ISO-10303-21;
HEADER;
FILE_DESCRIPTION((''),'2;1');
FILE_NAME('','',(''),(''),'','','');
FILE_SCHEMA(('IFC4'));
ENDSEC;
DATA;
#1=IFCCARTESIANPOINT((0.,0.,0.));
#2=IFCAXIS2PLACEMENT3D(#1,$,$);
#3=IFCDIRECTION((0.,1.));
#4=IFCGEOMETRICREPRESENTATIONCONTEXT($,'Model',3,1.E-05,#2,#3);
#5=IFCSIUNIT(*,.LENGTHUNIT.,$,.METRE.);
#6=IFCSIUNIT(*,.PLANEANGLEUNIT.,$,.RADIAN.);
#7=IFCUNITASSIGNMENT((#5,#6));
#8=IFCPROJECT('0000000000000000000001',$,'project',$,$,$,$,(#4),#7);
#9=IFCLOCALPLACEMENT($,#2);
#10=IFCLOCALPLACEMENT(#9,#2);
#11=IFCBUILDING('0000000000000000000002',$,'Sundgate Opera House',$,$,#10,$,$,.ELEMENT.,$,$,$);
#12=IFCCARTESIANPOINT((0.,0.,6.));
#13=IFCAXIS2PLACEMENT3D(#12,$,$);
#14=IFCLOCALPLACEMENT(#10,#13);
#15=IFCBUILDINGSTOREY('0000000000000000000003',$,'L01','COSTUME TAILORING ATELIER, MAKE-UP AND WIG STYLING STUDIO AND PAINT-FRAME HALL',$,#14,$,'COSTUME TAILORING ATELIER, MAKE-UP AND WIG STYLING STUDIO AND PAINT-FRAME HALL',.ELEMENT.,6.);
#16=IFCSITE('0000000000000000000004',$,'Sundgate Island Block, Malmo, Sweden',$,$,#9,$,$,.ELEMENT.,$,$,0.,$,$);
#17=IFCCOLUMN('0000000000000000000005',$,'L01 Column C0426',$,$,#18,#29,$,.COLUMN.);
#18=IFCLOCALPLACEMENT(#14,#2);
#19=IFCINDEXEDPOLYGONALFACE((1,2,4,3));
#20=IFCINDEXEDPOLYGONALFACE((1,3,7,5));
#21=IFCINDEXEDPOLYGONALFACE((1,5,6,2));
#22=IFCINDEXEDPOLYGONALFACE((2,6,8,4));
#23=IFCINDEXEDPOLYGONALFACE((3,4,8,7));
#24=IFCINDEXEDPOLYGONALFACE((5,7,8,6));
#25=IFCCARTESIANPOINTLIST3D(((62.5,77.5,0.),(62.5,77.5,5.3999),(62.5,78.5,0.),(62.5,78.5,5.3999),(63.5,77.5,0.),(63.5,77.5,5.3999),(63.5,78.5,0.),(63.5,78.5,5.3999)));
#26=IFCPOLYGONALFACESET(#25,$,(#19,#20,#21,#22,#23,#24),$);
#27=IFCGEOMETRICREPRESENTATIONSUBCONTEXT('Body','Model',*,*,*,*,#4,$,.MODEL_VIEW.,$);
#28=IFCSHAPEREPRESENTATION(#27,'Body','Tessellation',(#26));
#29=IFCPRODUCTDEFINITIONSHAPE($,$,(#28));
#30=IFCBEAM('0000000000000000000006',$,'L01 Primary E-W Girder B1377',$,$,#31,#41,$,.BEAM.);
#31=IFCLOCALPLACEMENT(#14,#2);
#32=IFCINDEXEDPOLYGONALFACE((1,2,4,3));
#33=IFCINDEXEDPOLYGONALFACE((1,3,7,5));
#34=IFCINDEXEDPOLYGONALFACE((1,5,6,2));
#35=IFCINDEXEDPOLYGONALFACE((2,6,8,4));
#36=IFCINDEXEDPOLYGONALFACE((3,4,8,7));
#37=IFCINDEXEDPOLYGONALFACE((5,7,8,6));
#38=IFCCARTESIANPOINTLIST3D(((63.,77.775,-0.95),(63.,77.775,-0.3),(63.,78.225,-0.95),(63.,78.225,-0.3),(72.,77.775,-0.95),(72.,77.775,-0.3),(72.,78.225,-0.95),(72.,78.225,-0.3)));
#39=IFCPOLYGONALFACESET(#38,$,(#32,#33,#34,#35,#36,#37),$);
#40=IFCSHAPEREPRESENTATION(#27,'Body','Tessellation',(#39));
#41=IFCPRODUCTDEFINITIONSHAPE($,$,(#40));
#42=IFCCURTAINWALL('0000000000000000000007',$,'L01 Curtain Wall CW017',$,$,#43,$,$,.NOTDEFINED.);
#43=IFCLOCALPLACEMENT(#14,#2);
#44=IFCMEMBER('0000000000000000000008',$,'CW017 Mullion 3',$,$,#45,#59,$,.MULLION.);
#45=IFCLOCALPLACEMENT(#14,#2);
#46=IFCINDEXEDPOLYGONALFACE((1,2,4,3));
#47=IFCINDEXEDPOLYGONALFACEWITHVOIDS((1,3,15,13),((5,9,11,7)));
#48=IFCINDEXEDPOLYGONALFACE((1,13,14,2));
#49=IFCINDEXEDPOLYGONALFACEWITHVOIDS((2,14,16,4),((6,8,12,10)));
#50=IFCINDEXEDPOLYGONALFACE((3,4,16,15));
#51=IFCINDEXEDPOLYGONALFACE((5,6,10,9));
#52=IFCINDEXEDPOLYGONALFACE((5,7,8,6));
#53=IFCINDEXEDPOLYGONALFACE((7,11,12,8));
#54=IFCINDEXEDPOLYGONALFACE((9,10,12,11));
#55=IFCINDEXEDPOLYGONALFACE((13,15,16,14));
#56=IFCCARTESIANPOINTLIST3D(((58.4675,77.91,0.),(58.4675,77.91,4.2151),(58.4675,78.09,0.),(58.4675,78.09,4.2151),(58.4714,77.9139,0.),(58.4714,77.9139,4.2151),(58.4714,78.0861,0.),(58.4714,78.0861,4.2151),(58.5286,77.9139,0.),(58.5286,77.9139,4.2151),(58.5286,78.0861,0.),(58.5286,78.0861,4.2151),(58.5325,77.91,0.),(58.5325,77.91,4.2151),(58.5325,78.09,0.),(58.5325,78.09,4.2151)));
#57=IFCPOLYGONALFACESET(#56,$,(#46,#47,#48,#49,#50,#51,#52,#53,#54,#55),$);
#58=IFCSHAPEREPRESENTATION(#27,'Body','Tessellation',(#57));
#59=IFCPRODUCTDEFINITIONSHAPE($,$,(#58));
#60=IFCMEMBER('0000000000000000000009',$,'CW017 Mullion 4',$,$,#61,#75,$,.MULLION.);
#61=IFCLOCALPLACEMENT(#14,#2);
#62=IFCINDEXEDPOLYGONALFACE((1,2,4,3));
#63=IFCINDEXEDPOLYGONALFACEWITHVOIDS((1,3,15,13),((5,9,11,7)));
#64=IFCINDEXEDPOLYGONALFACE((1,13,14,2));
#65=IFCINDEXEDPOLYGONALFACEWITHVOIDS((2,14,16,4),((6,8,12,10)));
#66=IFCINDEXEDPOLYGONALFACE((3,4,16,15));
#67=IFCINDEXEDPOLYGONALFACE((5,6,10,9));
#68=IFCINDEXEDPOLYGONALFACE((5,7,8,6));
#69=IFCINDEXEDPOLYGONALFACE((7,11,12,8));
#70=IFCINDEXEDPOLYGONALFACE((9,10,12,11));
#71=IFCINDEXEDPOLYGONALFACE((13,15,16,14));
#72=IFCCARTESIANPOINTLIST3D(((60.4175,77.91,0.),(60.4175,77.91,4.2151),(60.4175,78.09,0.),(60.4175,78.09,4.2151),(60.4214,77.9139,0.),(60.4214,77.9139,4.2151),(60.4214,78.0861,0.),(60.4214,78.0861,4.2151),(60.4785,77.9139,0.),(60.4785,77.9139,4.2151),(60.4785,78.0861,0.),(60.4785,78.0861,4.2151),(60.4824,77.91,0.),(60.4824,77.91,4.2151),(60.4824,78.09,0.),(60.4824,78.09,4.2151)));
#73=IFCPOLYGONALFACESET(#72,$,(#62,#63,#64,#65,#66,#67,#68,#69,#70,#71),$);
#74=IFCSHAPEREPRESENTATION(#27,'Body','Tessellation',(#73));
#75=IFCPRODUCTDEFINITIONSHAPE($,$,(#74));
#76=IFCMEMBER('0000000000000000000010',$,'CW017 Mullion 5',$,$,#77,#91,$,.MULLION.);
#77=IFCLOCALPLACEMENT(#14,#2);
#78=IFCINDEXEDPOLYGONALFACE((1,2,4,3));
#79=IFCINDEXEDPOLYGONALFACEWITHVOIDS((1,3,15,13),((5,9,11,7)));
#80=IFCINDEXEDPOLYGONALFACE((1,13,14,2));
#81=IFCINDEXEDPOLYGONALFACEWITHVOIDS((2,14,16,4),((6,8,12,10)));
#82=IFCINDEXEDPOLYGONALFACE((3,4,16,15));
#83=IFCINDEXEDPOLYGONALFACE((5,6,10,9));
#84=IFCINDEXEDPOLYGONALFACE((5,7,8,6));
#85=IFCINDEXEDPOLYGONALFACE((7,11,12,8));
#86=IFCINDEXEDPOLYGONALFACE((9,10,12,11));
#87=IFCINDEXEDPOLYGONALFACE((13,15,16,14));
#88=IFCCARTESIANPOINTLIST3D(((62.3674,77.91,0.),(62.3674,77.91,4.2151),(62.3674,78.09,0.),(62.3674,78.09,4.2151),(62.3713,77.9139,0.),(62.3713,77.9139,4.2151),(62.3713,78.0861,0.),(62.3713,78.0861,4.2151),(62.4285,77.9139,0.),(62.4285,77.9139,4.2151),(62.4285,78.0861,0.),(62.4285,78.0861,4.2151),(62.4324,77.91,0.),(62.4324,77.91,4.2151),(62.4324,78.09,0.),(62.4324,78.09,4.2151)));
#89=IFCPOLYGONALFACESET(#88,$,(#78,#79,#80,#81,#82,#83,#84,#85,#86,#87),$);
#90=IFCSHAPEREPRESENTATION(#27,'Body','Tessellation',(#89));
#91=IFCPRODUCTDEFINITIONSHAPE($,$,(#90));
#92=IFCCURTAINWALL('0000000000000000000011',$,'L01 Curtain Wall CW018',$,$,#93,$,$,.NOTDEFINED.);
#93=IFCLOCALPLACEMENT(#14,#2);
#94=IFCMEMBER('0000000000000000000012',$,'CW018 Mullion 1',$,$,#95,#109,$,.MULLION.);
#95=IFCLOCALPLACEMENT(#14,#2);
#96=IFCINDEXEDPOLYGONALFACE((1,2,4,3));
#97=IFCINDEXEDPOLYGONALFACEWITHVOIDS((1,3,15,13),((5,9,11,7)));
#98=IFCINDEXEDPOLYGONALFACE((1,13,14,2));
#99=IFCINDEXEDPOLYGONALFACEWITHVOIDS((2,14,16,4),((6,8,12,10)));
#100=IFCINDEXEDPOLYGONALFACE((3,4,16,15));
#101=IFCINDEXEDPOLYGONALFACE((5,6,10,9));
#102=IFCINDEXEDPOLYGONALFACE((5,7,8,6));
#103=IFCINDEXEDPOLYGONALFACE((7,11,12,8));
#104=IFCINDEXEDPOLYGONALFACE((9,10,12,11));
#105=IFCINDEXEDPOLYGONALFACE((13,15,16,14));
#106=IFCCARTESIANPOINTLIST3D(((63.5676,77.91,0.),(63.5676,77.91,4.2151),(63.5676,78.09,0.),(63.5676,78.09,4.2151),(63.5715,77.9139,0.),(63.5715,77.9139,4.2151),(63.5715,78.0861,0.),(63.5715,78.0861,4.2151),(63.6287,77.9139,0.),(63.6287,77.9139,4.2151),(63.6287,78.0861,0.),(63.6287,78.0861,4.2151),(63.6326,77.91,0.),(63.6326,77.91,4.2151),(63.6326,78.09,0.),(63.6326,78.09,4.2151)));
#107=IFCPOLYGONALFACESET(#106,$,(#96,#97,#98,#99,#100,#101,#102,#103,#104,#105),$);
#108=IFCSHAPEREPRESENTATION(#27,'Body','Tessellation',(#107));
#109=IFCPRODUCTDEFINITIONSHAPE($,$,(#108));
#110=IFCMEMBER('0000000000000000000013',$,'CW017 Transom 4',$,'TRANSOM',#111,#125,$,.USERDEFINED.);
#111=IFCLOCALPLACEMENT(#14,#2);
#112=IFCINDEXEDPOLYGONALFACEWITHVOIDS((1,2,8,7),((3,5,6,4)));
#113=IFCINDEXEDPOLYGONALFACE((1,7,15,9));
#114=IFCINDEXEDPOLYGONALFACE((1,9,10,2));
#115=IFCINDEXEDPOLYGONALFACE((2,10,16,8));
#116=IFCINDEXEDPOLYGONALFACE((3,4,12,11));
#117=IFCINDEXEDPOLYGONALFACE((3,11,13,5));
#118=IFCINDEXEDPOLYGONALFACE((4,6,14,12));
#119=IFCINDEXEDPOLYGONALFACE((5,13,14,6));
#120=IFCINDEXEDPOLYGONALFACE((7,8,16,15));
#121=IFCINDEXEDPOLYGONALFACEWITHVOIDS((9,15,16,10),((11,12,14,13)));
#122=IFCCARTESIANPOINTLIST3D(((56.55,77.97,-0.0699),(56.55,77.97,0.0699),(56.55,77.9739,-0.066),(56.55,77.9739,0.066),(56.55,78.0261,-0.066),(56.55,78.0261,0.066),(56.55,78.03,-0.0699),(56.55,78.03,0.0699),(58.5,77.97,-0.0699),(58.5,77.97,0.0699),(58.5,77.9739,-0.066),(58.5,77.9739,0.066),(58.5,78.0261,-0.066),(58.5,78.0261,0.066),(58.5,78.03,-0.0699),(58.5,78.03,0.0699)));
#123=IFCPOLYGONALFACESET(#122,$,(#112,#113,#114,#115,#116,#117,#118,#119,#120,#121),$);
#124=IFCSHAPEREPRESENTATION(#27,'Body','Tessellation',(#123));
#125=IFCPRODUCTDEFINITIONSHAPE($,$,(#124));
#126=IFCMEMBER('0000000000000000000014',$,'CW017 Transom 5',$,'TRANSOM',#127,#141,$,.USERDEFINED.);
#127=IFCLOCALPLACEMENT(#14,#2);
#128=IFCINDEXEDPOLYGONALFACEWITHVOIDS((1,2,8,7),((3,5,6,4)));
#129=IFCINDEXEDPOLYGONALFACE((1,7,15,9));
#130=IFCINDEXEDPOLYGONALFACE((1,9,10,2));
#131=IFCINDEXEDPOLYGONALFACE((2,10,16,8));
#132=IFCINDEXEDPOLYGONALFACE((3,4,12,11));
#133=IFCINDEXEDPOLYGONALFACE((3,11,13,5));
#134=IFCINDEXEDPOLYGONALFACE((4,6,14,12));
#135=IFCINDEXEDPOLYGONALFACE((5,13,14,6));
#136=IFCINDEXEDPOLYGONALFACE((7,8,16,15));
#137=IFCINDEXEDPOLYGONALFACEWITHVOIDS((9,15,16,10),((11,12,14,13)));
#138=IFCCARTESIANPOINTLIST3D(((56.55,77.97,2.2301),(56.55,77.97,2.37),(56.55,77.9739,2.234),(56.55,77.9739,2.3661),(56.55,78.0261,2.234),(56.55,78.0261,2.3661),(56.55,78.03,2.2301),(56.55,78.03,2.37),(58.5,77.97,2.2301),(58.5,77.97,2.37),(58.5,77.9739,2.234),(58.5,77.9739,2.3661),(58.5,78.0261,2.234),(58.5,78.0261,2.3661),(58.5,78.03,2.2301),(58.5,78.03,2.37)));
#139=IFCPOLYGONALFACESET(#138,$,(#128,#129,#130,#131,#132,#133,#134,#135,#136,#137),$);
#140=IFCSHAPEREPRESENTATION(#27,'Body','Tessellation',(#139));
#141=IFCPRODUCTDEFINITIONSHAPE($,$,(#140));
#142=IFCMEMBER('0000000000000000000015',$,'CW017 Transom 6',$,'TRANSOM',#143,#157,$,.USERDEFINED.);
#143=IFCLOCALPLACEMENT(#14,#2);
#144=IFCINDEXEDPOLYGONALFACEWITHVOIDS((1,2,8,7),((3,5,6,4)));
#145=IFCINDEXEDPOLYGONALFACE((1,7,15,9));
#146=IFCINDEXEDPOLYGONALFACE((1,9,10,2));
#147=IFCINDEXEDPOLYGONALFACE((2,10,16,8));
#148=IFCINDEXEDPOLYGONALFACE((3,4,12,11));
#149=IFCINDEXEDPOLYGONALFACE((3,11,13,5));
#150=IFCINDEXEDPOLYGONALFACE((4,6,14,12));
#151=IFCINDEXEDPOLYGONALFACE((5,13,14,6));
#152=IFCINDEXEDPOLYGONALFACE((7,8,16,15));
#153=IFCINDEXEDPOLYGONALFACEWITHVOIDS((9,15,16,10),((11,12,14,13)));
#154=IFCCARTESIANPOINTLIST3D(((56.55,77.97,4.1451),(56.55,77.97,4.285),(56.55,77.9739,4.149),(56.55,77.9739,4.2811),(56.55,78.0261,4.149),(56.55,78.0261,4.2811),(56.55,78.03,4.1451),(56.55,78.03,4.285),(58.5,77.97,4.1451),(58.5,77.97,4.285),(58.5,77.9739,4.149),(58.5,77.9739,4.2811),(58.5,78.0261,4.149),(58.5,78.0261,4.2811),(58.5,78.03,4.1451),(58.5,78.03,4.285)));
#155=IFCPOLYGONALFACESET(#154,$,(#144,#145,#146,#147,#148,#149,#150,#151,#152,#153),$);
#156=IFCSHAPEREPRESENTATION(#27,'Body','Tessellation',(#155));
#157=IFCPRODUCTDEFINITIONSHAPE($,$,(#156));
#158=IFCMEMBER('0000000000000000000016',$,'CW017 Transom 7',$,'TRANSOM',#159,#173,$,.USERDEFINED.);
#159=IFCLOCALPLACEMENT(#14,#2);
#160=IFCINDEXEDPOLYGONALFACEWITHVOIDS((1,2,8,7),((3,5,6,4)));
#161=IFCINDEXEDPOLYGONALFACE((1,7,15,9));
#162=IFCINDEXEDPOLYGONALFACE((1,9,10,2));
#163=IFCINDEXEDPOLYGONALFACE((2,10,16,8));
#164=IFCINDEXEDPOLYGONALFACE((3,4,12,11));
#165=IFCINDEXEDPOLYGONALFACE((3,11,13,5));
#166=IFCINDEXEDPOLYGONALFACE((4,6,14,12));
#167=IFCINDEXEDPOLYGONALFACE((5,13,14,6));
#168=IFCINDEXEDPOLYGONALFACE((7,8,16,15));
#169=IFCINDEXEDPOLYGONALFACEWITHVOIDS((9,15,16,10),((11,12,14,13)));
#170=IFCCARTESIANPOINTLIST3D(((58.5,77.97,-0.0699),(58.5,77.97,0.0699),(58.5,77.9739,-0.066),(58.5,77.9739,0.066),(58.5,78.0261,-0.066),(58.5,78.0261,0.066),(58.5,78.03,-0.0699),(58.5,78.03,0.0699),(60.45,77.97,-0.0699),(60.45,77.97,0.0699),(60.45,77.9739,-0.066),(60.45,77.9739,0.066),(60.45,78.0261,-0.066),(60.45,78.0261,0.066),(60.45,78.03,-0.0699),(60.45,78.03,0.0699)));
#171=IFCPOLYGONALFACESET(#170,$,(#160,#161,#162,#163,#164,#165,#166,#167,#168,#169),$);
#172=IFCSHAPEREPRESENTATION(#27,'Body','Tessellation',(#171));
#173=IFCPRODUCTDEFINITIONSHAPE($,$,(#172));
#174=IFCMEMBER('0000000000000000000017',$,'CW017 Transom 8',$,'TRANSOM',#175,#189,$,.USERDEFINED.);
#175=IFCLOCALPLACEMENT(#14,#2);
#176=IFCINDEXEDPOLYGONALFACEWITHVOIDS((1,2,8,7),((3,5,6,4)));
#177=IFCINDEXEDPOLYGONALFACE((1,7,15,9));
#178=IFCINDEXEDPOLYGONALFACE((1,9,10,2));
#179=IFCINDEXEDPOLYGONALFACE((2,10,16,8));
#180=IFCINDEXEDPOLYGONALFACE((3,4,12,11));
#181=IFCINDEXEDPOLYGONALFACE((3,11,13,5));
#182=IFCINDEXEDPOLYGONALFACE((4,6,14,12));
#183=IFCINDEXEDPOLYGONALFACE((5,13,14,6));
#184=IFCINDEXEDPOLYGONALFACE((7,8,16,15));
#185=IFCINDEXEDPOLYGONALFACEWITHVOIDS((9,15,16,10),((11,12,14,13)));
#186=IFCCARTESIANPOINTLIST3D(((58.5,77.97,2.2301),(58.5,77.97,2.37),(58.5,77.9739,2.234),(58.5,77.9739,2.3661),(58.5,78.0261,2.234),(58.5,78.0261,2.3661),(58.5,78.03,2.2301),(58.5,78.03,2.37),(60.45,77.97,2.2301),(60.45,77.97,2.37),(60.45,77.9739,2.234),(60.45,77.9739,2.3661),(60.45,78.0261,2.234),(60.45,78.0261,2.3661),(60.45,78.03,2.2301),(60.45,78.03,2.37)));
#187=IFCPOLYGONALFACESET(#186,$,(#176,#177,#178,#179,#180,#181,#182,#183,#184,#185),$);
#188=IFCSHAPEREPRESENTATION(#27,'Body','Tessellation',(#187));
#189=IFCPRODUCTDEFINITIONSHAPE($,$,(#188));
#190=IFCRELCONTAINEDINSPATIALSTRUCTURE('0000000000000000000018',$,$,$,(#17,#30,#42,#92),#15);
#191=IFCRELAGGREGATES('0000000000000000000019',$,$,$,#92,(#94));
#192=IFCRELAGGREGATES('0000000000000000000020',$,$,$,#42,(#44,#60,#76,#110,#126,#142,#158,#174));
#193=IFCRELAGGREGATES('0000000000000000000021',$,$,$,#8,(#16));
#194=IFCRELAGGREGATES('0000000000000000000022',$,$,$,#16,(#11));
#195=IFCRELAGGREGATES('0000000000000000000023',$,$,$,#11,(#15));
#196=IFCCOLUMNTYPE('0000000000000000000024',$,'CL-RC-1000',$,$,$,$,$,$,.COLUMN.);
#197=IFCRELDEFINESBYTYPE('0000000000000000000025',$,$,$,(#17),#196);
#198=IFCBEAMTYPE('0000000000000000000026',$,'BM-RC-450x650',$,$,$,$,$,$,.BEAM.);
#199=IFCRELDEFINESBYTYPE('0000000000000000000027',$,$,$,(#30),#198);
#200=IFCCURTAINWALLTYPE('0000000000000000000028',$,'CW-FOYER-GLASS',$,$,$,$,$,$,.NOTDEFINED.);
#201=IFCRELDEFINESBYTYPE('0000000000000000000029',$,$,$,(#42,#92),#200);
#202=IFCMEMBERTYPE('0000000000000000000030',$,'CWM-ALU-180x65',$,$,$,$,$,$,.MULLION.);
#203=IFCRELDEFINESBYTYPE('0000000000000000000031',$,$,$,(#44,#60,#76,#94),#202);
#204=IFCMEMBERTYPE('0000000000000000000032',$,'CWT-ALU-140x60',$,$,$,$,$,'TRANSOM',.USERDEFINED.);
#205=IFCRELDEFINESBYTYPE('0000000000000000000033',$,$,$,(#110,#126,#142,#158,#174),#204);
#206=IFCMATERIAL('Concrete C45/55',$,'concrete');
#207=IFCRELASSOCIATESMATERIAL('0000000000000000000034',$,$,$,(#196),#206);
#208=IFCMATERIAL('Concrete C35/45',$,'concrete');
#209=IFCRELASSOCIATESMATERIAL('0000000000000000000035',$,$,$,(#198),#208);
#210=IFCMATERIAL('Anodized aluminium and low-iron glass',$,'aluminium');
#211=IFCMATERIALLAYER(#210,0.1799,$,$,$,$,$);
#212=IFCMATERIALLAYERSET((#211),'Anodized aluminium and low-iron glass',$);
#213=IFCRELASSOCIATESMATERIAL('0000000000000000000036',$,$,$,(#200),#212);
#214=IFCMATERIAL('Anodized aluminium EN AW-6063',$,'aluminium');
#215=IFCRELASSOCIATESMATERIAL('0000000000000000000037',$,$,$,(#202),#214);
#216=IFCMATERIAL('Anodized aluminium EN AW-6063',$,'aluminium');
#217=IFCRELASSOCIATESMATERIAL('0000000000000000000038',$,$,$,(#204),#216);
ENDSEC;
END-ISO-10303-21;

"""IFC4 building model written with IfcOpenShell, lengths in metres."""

from ifc_helpers import new_model, si_unit, direction, frame, origin, origin_2d, place, context, subcontext, project, spatial, rectangle, hollow_rectangle, extrude, material, layer, layer_set, material_profile, profile_set, type_object, element, aggregate, save


model = new_model("IFC4")

# Units and contexts
model_context = context("Model", 3, precision=1e-05, world=origin(), true_north=direction((0.0, 1.0)))
body_context = subcontext(model_context, "Body", "Model", "MODEL_VIEW")
ifc_project = project(units=[si_unit("LENGTHUNIT", "METRE"), si_unit("PLANEANGLEUNIT", "RADIAN")], contexts=[model_context])

# Site, building, storey
site_placement = place(None, origin())
site = spatial("IfcSite", under=ifc_project, at=site_placement, Name="Sundgate Island Block, Malmo, Sweden", CompositionType="ELEMENT", RefElevation=0.0)
building_placement = place(site_placement, origin())
building = spatial("IfcBuilding", under=site, at=building_placement, Name="Sundgate Opera House", CompositionType="ELEMENT")
storey_placement = place(building_placement, frame((0.0, 0.0, 6.0)))
storey = spatial("IfcBuildingStorey", under=building, at=storey_placement, Name="L01", Description="COSTUME TAILORING ATELIER, MAKE-UP AND WIG STYLING STUDIO AND PAINT-FRAME HALL", LongName="COSTUME TAILORING ATELIER, MAKE-UP AND WIG STYLING STUDIO AND PAINT-FRAME HALL", CompositionType="ELEMENT", Elevation=6.0)

# Column
ifc_material_1 = material(Name="Concrete C45/55", Category="concrete")
ifc_material_profile_1 = material_profile(ifc_material_1, rectangle(XDim=1.0, YDim=1.0, at=origin_2d()), Name="RC 1000x1000")
ifc_profile_set_1 = profile_set([ifc_material_profile_1], Name="Concrete C45/55")
column_type = type_object("IfcColumnType", Name="CL-RC-1000", PredefinedType="COLUMN", material=ifc_profile_set_1)
column_placement = place(storey_placement, frame((63.0, 78.0, 0.0), z_axis=(0.0, 0.0, 1.0), x_axis=(1.0, 0.0, 0.0)))
element("IfcColumn", 1, at=column_placement, inside=storey, type_object=column_type, Name="L01 Column C0426", PredefinedType="COLUMN", context=body_context, shape_type="SweptSolid", body=[
    extrude(rectangle(XDim=1.0, YDim=1.0, at=origin_2d()), origin(), (0.0, 0.0, 1.0), 5.3999),
])

# Beam
ifc_material_2 = material(Name="Concrete C35/45", Category="concrete")
ifc_material_profile_2 = material_profile(ifc_material_2, rectangle(XDim=0.45, YDim=0.6499, at=origin_2d()), Name="RC 450x650")
ifc_profile_set_2 = profile_set([ifc_material_profile_2], Name="Concrete C35/45")
beam_type = type_object("IfcBeamType", Name="BM-RC-450x650", PredefinedType="BEAM", material=ifc_profile_set_2)
beam_placement = place(storey_placement, frame((63.0, 78.0, -0.625), z_axis=(1.0, 0.0, 0.0), x_axis=(0.0, 1.0, 0.0)))
element("IfcBeam", 2, at=beam_placement, inside=storey, type_object=beam_type, Name="L01 Primary E-W Girder B1377", PredefinedType="BEAM", context=body_context, shape_type="SweptSolid", body=[
    extrude(rectangle(XDim=0.45, YDim=0.6499, at=origin_2d()), origin(), (0.0, 0.0, 1.0), 9.0),
])

# Curtain wall, members
ifc_material_3 = material(Name="Anodized aluminium and low-iron glass", Category="aluminium")
ifc_layer_1 = layer(ifc_material_3, 0.1799)
ifc_layer_set_1 = layer_set([ifc_layer_1], Name="Anodized aluminium and low-iron glass")
curtain_wall_type = type_object("IfcCurtainWallType", Name="CW-FOYER-GLASS", PredefinedType="NOTDEFINED", material=ifc_layer_set_1)
curtain_wall_1_placement = place(storey_placement, origin())
curtain_wall_1 = element("IfcCurtainWall", 3, at=curtain_wall_1_placement, inside=storey, type_object=curtain_wall_type, Name="L01 Curtain Wall CW017", PredefinedType="NOTDEFINED")
ifc_material_4 = material(Name="Anodized aluminium EN AW-6063", Category="aluminium")
ifc_material_profile_3 = material_profile(ifc_material_4, hollow_rectangle(XDim=0.0649, YDim=0.1799, WallThickness=0.0039, at=origin_2d()), Name="CWM 180x65x4")
ifc_profile_set_3 = profile_set([ifc_material_profile_3], Name="Anodized aluminium EN AW-6063")
member_type_1 = type_object("IfcMemberType", Name="CWM-ALU-180x65", PredefinedType="MULLION", material=ifc_profile_set_3)
member_1_placement = place(storey_placement, frame((58.5, 78.0, 0.0), z_axis=(0.0, 0.0, 1.0), x_axis=(1.0, 0.0, 0.0)))
member_1 = element("IfcMember", 4, at=member_1_placement, type_object=member_type_1, Name="CW017 Mullion 3", PredefinedType="MULLION", context=body_context, shape_type="SweptSolid", body=[
    extrude(hollow_rectangle(XDim=0.0649, YDim=0.1799, WallThickness=0.0039, at=origin_2d()), origin(), (0.0, 0.0, 1.0), 4.2151),
])
member_2_placement = place(storey_placement, frame((60.45, 78.0, 0.0), z_axis=(0.0, 0.0, 1.0), x_axis=(1.0, 0.0, 0.0)))
member_2 = element("IfcMember", 5, at=member_2_placement, type_object=member_type_1, Name="CW017 Mullion 4", PredefinedType="MULLION", context=body_context, shape_type="SweptSolid", body=[
    extrude(hollow_rectangle(XDim=0.0649, YDim=0.1799, WallThickness=0.0039, at=origin_2d()), origin(), (0.0, 0.0, 1.0), 4.2151),
])
member_3_placement = place(storey_placement, frame((62.3999, 78.0, 0.0), z_axis=(0.0, 0.0, 1.0), x_axis=(1.0, 0.0, 0.0)))
member_3 = element("IfcMember", 6, at=member_3_placement, type_object=member_type_1, Name="CW017 Mullion 5", PredefinedType="MULLION", context=body_context, shape_type="SweptSolid", body=[
    extrude(hollow_rectangle(XDim=0.0649, YDim=0.1799, WallThickness=0.0039, at=origin_2d()), origin(), (0.0, 0.0, 1.0), 4.2151),
])

# Curtain wall, member
curtain_wall_2_placement = place(storey_placement, origin())
curtain_wall_2 = element("IfcCurtainWall", 7, at=curtain_wall_2_placement, inside=storey, type_object=curtain_wall_type, Name="L01 Curtain Wall CW018", PredefinedType="NOTDEFINED")
member_4_placement = place(storey_placement, frame((63.6001, 78.0, 0.0), z_axis=(0.0, 0.0, 1.0), x_axis=(1.0, 0.0, 0.0)))
member_4 = element("IfcMember", 8, at=member_4_placement, type_object=member_type_1, Name="CW018 Mullion 1", PredefinedType="MULLION", context=body_context, shape_type="SweptSolid", body=[
    extrude(hollow_rectangle(XDim=0.0649, YDim=0.1799, WallThickness=0.0039, at=origin_2d()), origin(), (0.0, 0.0, 1.0), 4.2151),
])
aggregate(curtain_wall_2, [member_4])

# Members
ifc_material_5 = material(Name="Anodized aluminium EN AW-6063", Category="aluminium")
ifc_material_profile_4 = material_profile(ifc_material_5, hollow_rectangle(XDim=0.0601, YDim=0.1399, WallThickness=0.0039, at=origin_2d()), Name="CWT 140x60x4")
ifc_profile_set_4 = profile_set([ifc_material_profile_4], Name="Anodized aluminium EN AW-6063")
member_type_2 = type_object("IfcMemberType", Name="CWT-ALU-140x60", ElementType="TRANSOM", PredefinedType="USERDEFINED", material=ifc_profile_set_4)
member_5_placement = place(storey_placement, frame((56.55, 78.0, 0.0), z_axis=(1.0, 0.0, 0.0), x_axis=(0.0, 1.0, 0.0)))
member_5 = element("IfcMember", 9, at=member_5_placement, type_object=member_type_2, Name="CW017 Transom 4", ObjectType="TRANSOM", PredefinedType="USERDEFINED", context=body_context, shape_type="SweptSolid", body=[
    extrude(hollow_rectangle(XDim=0.0601, YDim=0.1399, WallThickness=0.0039, at=origin_2d()), origin(), (0.0, 0.0, 1.0), 1.95),
])
member_6_placement = place(storey_placement, frame((56.55, 78.0, 2.3), z_axis=(1.0, 0.0, 0.0), x_axis=(0.0, 1.0, 0.0)))
member_6 = element("IfcMember", 10, at=member_6_placement, type_object=member_type_2, Name="CW017 Transom 5", ObjectType="TRANSOM", PredefinedType="USERDEFINED", context=body_context, shape_type="SweptSolid", body=[
    extrude(hollow_rectangle(XDim=0.0601, YDim=0.1399, WallThickness=0.0039, at=origin_2d()), origin(), (0.0, 0.0, 1.0), 1.95),
])
member_7_placement = place(storey_placement, frame((56.55, 78.0, 4.2151), z_axis=(1.0, 0.0, 0.0), x_axis=(0.0, 1.0, 0.0)))
member_7 = element("IfcMember", 11, at=member_7_placement, type_object=member_type_2, Name="CW017 Transom 6", ObjectType="TRANSOM", PredefinedType="USERDEFINED", context=body_context, shape_type="SweptSolid", body=[
    extrude(hollow_rectangle(XDim=0.0601, YDim=0.1399, WallThickness=0.0039, at=origin_2d()), origin(), (0.0, 0.0, 1.0), 1.95),
])
member_8_placement = place(storey_placement, frame((58.5, 78.0, 0.0), z_axis=(1.0, 0.0, 0.0), x_axis=(0.0, 1.0, 0.0)))
member_8 = element("IfcMember", 12, at=member_8_placement, type_object=member_type_2, Name="CW017 Transom 7", ObjectType="TRANSOM", PredefinedType="USERDEFINED", context=body_context, shape_type="SweptSolid", body=[
    extrude(hollow_rectangle(XDim=0.0601, YDim=0.1399, WallThickness=0.0039, at=origin_2d()), origin(), (0.0, 0.0, 1.0), 1.95),
])
member_9_placement = place(storey_placement, frame((58.5, 78.0, 2.3), z_axis=(1.0, 0.0, 0.0), x_axis=(0.0, 1.0, 0.0)))
member_9 = element("IfcMember", 13, at=member_9_placement, type_object=member_type_2, Name="CW017 Transom 8", ObjectType="TRANSOM", PredefinedType="USERDEFINED", context=body_context, shape_type="SweptSolid", body=[
    extrude(hollow_rectangle(XDim=0.0601, YDim=0.1399, WallThickness=0.0039, at=origin_2d()), origin(), (0.0, 0.0, 1.0), 1.95),
])

aggregate(curtain_wall_1, [member_1, member_2, member_3, member_5, member_6, member_7, member_8, member_9])

save(model, "model.ifc")
